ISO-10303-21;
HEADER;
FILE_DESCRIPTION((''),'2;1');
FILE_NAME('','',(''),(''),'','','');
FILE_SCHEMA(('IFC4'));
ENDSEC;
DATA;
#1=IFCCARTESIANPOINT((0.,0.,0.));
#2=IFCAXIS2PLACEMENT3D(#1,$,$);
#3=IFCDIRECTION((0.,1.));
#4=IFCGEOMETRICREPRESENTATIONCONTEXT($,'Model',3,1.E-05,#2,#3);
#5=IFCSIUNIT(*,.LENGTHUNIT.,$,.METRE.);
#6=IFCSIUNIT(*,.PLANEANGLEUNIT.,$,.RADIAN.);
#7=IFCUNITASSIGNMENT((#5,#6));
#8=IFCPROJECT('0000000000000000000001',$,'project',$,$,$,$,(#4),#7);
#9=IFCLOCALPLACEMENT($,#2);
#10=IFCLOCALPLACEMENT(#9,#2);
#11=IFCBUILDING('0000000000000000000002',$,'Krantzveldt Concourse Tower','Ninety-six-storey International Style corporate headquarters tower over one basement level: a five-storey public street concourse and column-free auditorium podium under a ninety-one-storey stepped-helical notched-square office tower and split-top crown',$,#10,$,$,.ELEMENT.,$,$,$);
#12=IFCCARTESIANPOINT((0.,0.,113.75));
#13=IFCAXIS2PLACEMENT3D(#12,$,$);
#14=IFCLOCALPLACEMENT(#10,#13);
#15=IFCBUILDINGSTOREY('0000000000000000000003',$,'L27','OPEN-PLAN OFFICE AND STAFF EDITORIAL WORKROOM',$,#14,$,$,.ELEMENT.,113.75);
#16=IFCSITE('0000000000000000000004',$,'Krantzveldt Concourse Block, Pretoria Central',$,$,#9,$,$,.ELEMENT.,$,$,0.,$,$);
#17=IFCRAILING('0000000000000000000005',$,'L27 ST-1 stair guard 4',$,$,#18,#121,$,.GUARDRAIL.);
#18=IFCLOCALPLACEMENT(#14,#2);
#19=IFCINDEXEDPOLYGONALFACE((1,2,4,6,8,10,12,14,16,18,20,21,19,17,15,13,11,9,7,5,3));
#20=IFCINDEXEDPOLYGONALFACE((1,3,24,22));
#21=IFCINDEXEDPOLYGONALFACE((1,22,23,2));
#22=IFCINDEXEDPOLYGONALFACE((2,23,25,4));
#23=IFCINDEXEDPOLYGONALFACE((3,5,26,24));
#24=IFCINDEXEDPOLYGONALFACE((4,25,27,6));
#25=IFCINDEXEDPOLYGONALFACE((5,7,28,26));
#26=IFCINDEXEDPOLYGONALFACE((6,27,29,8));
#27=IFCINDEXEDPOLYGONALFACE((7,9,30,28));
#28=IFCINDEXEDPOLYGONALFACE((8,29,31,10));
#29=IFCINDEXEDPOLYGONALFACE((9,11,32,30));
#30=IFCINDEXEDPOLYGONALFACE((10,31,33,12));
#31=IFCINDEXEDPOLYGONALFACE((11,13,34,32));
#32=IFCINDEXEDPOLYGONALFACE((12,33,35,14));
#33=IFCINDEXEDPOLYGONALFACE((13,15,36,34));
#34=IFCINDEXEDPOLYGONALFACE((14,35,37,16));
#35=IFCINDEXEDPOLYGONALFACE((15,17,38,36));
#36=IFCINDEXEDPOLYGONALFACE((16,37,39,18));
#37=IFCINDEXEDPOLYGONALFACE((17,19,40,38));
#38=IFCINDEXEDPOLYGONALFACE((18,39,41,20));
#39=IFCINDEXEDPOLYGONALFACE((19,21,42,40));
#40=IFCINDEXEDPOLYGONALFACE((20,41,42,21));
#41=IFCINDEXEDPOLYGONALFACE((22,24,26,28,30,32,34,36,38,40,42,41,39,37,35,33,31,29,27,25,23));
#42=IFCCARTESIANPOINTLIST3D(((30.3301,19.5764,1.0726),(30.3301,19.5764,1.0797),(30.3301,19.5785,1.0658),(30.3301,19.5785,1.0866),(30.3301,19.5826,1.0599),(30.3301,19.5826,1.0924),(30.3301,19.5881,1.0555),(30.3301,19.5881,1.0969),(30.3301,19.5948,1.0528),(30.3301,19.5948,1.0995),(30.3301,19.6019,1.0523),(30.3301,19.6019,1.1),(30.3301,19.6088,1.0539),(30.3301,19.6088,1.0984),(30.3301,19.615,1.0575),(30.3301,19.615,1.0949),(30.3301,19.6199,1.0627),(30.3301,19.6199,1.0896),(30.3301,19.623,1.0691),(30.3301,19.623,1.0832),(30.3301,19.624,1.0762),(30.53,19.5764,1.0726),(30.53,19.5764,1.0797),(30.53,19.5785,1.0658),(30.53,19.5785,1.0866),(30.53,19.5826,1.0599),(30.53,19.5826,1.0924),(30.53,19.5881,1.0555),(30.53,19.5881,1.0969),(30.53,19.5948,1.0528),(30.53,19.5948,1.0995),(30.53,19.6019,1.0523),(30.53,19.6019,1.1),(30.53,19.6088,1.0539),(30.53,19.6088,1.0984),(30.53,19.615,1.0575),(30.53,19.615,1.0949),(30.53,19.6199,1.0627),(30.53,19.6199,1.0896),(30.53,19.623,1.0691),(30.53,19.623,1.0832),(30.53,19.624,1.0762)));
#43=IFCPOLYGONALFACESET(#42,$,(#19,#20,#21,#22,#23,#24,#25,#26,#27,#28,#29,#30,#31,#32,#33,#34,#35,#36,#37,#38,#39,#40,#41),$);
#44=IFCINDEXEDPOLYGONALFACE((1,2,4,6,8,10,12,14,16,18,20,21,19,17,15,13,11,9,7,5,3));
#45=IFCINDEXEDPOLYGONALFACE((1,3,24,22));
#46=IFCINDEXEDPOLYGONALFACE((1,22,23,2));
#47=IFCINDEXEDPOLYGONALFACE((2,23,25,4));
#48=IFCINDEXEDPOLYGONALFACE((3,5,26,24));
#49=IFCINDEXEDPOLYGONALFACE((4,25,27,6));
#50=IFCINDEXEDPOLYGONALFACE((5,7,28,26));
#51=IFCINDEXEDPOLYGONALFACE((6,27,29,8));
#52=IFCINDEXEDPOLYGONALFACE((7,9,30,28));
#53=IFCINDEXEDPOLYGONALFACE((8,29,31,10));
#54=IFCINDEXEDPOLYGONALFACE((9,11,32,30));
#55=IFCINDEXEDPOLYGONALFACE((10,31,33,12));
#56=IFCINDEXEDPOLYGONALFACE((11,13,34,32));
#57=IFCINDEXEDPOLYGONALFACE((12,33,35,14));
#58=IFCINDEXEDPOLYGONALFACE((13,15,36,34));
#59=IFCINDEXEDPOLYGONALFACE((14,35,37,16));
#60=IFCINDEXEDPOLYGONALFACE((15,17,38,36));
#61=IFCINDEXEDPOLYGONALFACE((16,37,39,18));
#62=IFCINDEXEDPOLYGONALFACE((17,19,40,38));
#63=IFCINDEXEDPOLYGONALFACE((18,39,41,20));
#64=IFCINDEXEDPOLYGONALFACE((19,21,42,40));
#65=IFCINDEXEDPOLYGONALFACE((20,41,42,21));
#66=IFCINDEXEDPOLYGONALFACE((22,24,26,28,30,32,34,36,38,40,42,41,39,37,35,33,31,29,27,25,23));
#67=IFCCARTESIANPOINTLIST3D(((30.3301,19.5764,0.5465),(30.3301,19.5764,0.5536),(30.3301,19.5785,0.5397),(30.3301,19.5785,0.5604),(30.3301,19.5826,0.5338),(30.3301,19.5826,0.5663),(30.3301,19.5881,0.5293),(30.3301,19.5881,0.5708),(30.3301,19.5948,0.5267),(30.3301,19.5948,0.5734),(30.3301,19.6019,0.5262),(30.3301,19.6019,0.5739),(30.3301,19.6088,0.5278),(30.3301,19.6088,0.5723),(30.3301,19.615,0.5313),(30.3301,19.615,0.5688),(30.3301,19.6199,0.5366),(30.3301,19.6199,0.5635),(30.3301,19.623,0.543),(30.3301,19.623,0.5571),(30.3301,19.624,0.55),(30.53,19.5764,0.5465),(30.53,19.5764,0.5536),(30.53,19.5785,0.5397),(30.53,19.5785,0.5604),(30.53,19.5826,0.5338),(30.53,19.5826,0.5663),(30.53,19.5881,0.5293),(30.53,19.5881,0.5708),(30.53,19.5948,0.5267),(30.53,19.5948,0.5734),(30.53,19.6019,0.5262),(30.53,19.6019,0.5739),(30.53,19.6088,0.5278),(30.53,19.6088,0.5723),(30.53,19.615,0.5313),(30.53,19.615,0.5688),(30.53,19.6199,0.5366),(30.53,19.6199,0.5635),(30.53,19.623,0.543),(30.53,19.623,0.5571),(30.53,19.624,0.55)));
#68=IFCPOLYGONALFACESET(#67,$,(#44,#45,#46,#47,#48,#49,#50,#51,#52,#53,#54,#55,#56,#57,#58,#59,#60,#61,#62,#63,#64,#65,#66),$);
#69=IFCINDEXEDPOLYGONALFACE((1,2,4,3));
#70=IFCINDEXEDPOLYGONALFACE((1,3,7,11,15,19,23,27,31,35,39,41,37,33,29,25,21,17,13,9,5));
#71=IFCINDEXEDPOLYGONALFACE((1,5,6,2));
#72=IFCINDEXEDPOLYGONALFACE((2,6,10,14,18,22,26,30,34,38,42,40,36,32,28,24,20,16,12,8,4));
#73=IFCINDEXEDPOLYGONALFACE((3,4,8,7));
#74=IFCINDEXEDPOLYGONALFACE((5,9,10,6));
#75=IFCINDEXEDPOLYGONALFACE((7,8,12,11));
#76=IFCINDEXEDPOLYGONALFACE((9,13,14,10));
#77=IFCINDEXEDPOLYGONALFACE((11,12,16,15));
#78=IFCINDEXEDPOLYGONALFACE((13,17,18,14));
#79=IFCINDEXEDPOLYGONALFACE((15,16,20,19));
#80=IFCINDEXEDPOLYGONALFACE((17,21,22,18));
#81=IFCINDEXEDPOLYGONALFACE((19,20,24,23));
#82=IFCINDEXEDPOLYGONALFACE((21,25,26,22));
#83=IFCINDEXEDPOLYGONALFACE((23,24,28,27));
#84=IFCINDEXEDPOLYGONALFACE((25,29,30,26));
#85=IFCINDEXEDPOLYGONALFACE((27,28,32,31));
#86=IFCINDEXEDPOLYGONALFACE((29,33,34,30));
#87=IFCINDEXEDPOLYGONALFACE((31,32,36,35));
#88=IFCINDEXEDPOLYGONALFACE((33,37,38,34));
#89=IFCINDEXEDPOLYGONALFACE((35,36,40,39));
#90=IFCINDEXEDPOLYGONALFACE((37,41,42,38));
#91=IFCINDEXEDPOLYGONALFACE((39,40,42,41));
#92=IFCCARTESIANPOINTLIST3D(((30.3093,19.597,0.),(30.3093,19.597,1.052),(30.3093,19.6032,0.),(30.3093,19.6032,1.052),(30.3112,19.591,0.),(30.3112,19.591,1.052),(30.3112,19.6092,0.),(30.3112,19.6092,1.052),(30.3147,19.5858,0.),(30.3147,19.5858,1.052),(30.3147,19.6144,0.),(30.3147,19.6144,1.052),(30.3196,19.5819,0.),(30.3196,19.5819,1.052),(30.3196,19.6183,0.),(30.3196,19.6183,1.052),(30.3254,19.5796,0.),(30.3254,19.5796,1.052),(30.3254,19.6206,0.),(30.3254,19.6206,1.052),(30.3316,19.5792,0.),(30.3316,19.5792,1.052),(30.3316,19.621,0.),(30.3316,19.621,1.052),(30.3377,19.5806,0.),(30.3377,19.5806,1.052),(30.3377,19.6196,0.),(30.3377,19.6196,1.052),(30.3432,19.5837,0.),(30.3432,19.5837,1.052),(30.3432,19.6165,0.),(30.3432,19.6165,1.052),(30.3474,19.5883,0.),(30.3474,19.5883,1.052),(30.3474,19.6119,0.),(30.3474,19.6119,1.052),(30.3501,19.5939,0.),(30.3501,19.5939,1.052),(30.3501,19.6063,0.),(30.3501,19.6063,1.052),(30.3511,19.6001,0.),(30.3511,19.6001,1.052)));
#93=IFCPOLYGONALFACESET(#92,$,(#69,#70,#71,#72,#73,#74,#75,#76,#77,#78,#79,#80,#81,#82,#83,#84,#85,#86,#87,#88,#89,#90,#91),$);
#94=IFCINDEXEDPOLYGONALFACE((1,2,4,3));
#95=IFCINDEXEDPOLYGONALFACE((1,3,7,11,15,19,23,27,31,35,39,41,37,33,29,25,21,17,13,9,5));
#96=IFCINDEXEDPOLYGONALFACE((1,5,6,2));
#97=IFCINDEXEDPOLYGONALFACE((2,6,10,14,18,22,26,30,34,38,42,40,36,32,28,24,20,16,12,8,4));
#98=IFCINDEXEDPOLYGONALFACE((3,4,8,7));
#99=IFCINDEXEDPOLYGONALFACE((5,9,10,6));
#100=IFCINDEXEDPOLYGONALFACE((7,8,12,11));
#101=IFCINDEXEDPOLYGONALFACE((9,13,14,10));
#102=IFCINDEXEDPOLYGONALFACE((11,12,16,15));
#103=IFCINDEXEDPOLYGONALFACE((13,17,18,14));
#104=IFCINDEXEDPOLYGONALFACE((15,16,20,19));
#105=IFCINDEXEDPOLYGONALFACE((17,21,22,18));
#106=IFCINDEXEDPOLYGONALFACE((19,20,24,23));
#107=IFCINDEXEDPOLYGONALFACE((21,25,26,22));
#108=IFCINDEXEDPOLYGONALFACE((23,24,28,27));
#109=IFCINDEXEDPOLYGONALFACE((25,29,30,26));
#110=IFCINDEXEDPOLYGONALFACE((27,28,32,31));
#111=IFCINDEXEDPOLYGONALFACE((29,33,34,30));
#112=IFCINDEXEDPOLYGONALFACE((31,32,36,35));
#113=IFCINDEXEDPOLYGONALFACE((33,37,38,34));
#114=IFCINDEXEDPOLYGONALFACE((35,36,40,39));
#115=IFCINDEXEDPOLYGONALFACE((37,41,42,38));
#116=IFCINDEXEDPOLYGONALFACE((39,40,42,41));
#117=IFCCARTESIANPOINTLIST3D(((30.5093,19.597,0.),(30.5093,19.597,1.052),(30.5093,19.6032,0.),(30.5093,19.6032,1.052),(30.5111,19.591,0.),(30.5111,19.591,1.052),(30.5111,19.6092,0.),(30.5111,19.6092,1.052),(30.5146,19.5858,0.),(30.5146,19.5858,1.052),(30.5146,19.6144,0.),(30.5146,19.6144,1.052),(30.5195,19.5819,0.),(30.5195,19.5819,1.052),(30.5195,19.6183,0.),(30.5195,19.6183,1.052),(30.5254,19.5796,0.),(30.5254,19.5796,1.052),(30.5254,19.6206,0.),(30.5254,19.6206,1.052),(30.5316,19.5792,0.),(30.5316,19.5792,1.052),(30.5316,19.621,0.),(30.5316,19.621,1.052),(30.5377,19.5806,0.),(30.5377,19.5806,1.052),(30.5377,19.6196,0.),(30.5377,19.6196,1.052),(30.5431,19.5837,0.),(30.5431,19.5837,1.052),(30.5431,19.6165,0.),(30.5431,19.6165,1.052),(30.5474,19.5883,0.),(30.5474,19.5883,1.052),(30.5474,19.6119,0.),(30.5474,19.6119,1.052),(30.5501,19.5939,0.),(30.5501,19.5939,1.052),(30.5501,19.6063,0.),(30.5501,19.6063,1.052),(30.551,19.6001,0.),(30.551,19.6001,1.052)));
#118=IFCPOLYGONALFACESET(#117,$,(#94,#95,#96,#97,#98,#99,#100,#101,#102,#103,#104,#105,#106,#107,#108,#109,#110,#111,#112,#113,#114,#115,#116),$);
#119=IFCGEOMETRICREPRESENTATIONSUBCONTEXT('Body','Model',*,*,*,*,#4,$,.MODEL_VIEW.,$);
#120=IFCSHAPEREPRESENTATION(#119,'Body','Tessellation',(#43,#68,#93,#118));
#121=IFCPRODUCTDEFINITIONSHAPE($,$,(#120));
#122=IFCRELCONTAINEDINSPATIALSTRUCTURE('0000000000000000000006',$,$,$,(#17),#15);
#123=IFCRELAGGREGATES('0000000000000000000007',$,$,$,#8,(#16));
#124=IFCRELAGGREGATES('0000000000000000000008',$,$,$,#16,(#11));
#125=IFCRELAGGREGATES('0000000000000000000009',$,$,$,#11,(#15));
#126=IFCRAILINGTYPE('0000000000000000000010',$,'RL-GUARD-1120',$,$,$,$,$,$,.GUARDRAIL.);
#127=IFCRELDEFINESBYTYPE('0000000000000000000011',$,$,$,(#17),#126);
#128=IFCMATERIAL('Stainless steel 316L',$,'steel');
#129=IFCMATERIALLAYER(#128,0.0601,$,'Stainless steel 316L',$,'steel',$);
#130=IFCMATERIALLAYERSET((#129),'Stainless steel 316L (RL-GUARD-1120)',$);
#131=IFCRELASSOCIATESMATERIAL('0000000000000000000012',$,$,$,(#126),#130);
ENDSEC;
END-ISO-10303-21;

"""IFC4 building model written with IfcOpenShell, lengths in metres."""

from ifc_helpers import new_model, si_unit, direction, frame, origin, origin_2d, place, context, subcontext, project, spatial, circle, extrude, material, layer, layer_set, type_object, element, save


model = new_model("IFC4")

# Units and contexts
model_context = context("Model", 3, precision=1e-05, world=origin(), true_north=direction((0.0, 1.0)))
body_context = subcontext(model_context, "Body", "Model", "MODEL_VIEW")
ifc_project = project(units=[si_unit("LENGTHUNIT", "METRE"), si_unit("PLANEANGLEUNIT", "RADIAN")], contexts=[model_context])

# Site, building, storey
site_placement = place(None, origin())
site = spatial("IfcSite", under=ifc_project, at=site_placement, Name="Krantzveldt Concourse Block, Pretoria Central", CompositionType="ELEMENT", RefElevation=0.0)
building_placement = place(site_placement, origin())
building = spatial("IfcBuilding", under=site, at=building_placement, Name="Krantzveldt Concourse Tower", Description="Ninety-six-storey International Style corporate headquarters tower over one basement level: a five-storey public street concourse and column-free auditorium podium under a ninety-one-storey stepped-helical notched-square office tower and split-top crown", CompositionType="ELEMENT")
storey_placement = place(building_placement, frame((0.0, 0.0, 113.75)))
storey = spatial("IfcBuildingStorey", under=building, at=storey_placement, Name="L27", Description="OPEN-PLAN OFFICE AND STAFF EDITORIAL WORKROOM", CompositionType="ELEMENT", Elevation=113.75)

# Railing
ifc_material_1 = material(Name="Stainless steel 316L", Category="steel")
ifc_layer_1 = layer(ifc_material_1, 0.0601, Name="Stainless steel 316L", Category="steel")
ifc_layer_set_1 = layer_set([ifc_layer_1], Name="Stainless steel 316L (RL-GUARD-1120)")
railing_type_1 = type_object("IfcRailingType", Name="RL-GUARD-1120", PredefinedType="GUARDRAIL", material=ifc_layer_set_1)
railing_1_placement = place(storey_placement, frame((30.3301, 19.6001, 0.0)))
element("IfcRailing", 1, at=railing_1_placement, inside=storey, type_object=railing_type_1, Name="L27 ST-1 stair guard 4", PredefinedType="GUARDRAIL", context=body_context, shape_type="SweptSolid", body=[
    extrude(circle(Radius=0.0239, at=origin_2d()), frame((0.0, 0.0, 1.0762), z_axis=(1.0, 0.0, 0.0), x_axis=(0.0, 1.0, 0.0)), (0.0, 0.0, 1.0), 0.2),
    extrude(circle(Radius=0.0239, at=origin_2d()), frame((0.0, 0.0, 0.55), z_axis=(1.0, 0.0, 0.0), x_axis=(0.0, 1.0, 0.0)), (0.0, 0.0, 1.0), 0.2),
    extrude(circle(Radius=0.021, at=origin_2d()), origin(), (0.0, 0.0, 1.0), 1.052),
    extrude(circle(Radius=0.021, at=origin_2d()), frame((0.2, 0.0, 0.0)), (0.0, 0.0, 1.0), 1.052),
])

save(model, "model.ifc")
